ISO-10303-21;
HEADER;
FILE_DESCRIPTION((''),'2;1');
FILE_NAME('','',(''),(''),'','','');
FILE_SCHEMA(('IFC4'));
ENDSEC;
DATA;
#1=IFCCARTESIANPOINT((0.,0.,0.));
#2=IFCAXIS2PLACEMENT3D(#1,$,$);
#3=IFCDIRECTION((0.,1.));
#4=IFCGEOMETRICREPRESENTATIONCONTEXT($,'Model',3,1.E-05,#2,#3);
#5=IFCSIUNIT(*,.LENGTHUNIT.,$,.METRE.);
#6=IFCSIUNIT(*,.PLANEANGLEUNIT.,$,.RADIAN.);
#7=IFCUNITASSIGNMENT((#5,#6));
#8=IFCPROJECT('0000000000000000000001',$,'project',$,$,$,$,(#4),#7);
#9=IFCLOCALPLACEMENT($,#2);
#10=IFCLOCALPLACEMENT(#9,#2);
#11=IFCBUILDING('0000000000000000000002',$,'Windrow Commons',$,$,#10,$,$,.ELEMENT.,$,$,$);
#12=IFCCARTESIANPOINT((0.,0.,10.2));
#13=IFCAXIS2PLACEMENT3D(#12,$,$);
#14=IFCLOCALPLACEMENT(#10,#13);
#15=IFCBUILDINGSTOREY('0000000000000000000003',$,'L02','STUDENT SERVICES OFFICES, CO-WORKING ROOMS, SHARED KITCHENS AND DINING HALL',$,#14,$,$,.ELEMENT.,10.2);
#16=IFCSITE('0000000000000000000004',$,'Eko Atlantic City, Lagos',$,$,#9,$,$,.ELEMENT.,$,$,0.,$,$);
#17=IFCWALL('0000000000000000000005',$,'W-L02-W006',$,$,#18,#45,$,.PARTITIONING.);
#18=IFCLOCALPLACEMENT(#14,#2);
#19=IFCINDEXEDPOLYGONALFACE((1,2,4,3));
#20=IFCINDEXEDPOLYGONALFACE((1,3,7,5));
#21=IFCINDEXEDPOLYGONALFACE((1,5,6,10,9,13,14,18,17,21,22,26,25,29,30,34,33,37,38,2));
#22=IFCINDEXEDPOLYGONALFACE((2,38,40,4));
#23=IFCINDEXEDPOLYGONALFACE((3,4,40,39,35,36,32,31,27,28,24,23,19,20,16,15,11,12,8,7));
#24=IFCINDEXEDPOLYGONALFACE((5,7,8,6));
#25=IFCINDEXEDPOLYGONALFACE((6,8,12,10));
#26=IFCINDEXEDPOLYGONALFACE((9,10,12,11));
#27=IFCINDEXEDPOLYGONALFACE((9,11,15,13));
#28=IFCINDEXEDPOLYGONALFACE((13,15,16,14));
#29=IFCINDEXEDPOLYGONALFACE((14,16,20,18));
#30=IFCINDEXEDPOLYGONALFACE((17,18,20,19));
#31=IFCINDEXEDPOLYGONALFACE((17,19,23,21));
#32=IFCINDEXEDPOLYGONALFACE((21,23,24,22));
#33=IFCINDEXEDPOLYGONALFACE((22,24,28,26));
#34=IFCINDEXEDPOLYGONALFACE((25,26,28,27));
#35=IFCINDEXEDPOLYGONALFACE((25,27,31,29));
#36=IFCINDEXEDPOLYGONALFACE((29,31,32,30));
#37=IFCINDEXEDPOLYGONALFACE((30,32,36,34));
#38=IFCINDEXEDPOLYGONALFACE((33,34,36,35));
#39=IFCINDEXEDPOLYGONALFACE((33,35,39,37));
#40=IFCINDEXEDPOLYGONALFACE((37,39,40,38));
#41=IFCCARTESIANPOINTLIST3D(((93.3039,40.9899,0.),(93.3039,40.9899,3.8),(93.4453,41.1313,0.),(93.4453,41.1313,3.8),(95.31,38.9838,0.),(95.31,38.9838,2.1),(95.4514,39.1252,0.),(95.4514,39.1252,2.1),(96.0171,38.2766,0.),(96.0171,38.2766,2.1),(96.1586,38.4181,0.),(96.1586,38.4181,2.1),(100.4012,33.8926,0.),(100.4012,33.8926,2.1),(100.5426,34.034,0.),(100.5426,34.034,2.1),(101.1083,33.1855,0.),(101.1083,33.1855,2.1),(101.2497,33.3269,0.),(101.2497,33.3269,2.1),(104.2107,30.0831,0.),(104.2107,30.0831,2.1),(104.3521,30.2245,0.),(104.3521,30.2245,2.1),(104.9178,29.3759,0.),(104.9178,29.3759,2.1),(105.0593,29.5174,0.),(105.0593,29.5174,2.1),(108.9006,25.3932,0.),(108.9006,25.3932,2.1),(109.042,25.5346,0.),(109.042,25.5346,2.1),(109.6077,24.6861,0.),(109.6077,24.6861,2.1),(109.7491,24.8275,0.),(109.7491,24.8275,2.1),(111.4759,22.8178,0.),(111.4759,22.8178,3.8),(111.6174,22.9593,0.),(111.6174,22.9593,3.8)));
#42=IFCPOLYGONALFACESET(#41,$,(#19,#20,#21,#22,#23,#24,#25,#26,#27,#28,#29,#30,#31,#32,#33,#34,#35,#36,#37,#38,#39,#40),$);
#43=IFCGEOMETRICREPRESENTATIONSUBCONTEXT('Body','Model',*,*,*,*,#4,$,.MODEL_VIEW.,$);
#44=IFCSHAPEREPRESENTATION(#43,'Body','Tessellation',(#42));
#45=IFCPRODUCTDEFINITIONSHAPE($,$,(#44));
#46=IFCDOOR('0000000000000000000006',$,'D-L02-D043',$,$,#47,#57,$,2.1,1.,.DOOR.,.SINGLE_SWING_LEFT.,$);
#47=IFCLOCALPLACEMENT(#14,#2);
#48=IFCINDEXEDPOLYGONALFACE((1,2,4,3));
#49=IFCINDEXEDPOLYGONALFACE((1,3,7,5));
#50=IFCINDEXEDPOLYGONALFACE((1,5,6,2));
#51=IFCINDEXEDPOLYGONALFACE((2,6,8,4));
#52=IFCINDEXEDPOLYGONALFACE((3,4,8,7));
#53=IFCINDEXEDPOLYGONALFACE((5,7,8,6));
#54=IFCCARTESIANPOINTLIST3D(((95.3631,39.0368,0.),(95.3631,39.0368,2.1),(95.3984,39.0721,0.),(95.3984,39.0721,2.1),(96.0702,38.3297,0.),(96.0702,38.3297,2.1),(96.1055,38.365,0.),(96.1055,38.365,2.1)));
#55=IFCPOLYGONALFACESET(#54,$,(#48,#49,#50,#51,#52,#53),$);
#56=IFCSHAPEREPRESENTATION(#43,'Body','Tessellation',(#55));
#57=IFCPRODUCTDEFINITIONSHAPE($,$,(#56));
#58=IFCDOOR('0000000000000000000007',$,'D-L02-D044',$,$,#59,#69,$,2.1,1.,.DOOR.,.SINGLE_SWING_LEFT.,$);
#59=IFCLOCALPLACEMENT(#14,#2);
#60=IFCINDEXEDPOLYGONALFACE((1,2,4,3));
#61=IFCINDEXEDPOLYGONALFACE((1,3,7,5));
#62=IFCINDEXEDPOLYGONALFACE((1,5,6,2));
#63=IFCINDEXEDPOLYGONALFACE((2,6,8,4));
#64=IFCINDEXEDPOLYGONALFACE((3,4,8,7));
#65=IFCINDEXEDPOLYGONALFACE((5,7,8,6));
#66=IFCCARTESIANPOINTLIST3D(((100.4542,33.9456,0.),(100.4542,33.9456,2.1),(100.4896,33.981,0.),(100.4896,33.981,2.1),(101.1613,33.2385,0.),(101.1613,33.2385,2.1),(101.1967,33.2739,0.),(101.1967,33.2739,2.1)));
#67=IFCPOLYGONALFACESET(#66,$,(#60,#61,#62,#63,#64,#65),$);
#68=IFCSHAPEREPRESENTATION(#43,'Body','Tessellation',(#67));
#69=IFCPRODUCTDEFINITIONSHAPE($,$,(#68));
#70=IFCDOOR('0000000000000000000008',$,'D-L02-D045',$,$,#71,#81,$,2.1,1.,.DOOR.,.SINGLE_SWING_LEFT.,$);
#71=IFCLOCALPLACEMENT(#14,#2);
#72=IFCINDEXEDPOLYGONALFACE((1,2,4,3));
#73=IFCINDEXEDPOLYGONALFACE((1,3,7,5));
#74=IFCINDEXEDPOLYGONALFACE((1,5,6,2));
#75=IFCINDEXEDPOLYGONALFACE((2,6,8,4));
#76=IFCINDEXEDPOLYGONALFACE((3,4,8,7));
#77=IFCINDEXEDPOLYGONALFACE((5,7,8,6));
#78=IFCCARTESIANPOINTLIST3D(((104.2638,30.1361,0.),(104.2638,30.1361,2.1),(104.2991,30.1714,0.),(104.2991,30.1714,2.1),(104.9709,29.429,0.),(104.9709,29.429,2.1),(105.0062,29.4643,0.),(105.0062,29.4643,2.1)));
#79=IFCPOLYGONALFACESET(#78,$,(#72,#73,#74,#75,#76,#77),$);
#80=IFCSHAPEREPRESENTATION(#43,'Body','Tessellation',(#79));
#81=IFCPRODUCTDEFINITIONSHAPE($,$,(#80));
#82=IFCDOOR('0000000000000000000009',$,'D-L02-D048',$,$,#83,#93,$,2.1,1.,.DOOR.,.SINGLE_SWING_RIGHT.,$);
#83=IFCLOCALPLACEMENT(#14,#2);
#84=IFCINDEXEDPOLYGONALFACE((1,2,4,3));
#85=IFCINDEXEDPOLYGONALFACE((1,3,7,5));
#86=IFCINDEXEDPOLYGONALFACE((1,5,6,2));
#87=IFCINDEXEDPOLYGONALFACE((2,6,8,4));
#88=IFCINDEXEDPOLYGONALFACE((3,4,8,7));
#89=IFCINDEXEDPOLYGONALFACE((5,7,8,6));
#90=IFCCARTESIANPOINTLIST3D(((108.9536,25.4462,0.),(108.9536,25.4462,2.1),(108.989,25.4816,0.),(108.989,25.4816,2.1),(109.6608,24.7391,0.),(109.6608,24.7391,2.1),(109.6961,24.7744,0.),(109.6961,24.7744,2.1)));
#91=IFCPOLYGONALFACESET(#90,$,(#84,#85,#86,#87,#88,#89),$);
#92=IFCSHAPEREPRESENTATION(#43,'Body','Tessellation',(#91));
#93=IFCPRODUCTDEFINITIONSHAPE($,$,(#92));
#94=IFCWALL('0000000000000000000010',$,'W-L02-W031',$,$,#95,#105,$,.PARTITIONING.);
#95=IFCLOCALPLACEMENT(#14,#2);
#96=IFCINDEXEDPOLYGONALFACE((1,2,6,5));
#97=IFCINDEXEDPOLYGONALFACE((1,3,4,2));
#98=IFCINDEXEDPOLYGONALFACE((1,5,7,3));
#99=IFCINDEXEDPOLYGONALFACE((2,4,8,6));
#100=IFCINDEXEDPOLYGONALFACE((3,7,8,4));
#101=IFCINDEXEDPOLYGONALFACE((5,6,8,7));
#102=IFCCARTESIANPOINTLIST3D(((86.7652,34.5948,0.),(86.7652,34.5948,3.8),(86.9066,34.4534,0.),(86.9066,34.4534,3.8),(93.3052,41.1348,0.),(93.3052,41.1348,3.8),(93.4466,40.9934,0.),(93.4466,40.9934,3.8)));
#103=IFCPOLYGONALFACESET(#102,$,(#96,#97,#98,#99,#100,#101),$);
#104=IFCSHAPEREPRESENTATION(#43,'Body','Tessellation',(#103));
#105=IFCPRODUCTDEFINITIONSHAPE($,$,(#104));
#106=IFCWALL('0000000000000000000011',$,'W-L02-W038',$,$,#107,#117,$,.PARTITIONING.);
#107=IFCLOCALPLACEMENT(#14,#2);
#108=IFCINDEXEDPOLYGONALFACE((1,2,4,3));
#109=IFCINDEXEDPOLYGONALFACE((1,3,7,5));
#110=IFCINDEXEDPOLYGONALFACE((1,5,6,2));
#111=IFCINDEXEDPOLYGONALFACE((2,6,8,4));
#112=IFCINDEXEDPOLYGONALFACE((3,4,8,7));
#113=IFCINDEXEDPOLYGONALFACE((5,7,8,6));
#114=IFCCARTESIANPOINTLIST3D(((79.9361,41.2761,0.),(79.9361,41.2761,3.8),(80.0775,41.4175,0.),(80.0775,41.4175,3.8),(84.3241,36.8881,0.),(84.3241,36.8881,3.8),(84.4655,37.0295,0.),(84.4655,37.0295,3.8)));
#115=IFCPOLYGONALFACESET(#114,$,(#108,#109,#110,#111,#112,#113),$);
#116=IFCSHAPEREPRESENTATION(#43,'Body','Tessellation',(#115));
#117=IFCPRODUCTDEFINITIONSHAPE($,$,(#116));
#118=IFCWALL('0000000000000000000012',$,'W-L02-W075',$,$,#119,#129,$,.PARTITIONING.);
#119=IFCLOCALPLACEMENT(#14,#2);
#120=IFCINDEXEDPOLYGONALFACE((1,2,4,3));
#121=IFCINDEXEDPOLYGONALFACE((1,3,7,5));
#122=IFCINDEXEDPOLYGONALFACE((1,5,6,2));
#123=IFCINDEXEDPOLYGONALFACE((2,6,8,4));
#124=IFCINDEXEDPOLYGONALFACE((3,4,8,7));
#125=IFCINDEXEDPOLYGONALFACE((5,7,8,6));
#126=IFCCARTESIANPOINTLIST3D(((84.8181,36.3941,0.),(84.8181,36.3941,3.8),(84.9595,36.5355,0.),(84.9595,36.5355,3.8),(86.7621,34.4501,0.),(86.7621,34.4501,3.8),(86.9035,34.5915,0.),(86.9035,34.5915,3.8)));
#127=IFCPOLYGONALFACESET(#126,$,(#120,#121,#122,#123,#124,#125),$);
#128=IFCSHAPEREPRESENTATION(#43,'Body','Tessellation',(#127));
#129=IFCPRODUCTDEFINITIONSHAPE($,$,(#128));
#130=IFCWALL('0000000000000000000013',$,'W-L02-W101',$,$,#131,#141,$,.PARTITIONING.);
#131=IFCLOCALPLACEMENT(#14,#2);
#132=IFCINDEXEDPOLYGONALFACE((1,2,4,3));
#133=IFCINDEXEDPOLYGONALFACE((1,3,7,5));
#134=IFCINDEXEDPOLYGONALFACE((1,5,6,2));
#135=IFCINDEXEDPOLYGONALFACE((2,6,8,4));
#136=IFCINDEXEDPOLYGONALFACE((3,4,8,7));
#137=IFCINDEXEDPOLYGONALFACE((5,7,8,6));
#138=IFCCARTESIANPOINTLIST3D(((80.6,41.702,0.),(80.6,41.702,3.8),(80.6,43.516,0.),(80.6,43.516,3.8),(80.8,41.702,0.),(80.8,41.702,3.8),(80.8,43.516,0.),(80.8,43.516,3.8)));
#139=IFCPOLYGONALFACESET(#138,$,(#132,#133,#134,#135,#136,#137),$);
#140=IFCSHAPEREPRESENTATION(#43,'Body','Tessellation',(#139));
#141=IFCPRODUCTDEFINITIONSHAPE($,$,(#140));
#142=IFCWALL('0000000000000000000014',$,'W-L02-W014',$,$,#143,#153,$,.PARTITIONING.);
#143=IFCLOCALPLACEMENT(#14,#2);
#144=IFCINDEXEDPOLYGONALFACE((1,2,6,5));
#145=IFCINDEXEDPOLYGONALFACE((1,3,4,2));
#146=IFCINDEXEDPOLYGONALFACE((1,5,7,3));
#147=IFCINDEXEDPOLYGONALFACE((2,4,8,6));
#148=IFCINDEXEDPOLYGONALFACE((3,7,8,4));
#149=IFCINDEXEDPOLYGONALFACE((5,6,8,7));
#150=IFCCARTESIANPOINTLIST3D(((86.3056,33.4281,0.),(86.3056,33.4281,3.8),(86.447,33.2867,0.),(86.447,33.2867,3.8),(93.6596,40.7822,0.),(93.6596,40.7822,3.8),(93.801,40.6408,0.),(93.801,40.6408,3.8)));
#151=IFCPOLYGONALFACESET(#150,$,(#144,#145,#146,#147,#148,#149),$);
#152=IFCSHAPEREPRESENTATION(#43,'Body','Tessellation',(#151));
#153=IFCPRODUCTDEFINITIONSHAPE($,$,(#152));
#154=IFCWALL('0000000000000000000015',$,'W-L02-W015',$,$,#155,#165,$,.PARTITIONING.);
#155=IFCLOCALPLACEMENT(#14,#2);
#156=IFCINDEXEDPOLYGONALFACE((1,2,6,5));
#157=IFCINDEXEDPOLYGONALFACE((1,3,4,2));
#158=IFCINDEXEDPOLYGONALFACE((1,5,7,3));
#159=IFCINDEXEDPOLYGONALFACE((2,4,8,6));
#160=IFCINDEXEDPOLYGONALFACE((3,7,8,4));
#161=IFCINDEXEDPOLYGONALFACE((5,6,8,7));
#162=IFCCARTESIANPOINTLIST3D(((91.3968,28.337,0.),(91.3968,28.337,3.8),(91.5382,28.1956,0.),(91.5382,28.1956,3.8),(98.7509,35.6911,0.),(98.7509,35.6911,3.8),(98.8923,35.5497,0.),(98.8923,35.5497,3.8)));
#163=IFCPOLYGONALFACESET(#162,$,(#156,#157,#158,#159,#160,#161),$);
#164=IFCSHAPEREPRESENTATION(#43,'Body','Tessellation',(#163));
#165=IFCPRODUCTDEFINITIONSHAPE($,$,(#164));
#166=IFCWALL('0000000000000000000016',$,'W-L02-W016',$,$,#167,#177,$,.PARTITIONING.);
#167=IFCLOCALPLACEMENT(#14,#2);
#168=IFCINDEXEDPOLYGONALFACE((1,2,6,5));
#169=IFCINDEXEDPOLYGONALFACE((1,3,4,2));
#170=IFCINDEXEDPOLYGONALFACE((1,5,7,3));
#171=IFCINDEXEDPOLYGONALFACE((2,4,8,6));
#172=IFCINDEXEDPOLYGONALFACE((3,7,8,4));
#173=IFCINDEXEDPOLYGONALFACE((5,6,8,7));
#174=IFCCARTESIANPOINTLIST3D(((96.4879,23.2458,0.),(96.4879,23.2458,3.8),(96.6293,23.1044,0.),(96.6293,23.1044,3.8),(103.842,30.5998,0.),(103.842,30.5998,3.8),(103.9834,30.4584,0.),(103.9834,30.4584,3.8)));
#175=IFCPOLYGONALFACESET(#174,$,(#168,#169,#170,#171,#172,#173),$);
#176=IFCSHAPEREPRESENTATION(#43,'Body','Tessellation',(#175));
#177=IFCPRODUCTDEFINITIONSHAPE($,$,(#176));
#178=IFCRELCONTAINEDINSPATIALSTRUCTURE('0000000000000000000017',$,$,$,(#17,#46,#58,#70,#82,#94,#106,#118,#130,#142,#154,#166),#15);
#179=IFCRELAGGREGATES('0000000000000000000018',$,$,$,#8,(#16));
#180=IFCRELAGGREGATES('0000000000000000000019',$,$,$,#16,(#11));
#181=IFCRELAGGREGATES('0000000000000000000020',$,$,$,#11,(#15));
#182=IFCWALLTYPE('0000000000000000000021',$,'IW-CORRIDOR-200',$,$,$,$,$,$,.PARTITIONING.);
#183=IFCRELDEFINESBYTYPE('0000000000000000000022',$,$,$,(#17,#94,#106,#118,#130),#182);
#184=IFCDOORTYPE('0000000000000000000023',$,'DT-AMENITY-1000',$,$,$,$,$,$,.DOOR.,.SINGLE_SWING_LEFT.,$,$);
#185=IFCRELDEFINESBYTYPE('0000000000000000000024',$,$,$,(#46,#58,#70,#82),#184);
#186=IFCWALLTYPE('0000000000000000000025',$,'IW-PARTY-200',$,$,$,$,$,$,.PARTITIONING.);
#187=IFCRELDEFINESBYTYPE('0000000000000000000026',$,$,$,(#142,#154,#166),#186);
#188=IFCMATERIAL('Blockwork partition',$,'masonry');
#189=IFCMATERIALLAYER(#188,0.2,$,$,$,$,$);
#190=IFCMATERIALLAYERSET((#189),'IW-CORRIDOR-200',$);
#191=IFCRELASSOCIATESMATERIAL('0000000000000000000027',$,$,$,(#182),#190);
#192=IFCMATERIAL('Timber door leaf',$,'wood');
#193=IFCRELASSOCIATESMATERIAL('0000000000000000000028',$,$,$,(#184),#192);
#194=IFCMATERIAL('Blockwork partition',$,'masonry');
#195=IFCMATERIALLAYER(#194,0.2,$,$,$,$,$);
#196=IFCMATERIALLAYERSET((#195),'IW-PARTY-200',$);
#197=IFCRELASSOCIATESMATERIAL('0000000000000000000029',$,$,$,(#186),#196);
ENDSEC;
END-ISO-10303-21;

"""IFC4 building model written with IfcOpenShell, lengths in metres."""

from ifc_helpers import new_model, si_unit, direction, frame, frame_2d, origin, place, context, subcontext, project, spatial, rectangle, extrude, material, layer, layer_set, type_object, element, fill, save


model = new_model("IFC4")

# Units and contexts
model_context = context("Model", 3, precision=1e-05, world=origin(), true_north=direction((0.0, 1.0)))
body_context = subcontext(model_context, "Body", "Model", "MODEL_VIEW")
ifc_project = project(units=[si_unit("LENGTHUNIT", "METRE"), si_unit("PLANEANGLEUNIT", "RADIAN")], contexts=[model_context])

# Site, building, storey
site_placement = place(None, origin())
site = spatial("IfcSite", under=ifc_project, at=site_placement, Name="Eko Atlantic City, Lagos", CompositionType="ELEMENT", RefElevation=0.0)
building_placement = place(site_placement, origin())
building = spatial("IfcBuilding", under=site, at=building_placement, Name="Windrow Commons", CompositionType="ELEMENT")
storey_placement = place(building_placement, frame((0.0, 0.0, 10.2)))
storey = spatial("IfcBuildingStorey", under=building, at=storey_placement, Name="L02", Description="STUDENT SERVICES OFFICES, CO-WORKING ROOMS, SHARED KITCHENS AND DINING HALL", CompositionType="ELEMENT", Elevation=10.2)

# Wall, openings, doors
ifc_material_1 = material(Name="Blockwork partition", Category="masonry")
ifc_layer_1 = layer(ifc_material_1, 0.2)
ifc_layer_set_1 = layer_set([ifc_layer_1], Name="IW-CORRIDOR-200")
wall_type_1 = type_object("IfcWallType", Name="IW-CORRIDOR-200", PredefinedType="PARTITIONING", material=ifc_layer_set_1)
wall_1_placement = place(storey_placement, frame((93.3746, 41.0606, 0.0), z_axis=(0.0, 0.0, 1.0), x_axis=(0.707107, -0.707107, 0.0)))
wall_1 = element("IfcWall", 1, at=wall_1_placement, inside=storey, type_object=wall_type_1, Name="W-L02-W006", PredefinedType="PARTITIONING", context=body_context, shape_type="SweptSolid", body=[
    extrude(rectangle(XDim=25.6991, YDim=0.2, at=frame_2d((12.8496, 0.0))), origin(), (0.0, 0.0, 1.0), 3.8),
])
opening_1_placement = place(wall_1_placement, frame((2.8371, 0.0, 0.0)))
opening_1 = element("IfcOpeningElement", 2, at=opening_1_placement, cuts=wall_1, PredefinedType="OPENING", context=body_context, shape_type="SweptSolid", body=[
    extrude(rectangle(XDim=1.0, YDim=2.1, at=frame_2d((0.5, 1.05))), frame((0.0, 0.11, 0.0), z_axis=(0.0, -1.0, 0.0), x_axis=(1.0, 0.0, 0.0)), (0.0, 0.0, 1.0), 0.22),
])
opening_2_placement = place(wall_1_placement, frame((10.0371, 0.0, 0.0)))
opening_2 = element("IfcOpeningElement", 3, at=opening_2_placement, cuts=wall_1, PredefinedType="OPENING", context=body_context, shape_type="SweptSolid", body=[
    extrude(rectangle(XDim=1.0, YDim=2.1, at=frame_2d((0.5, 1.05))), frame((0.0, 0.11, 0.0), z_axis=(0.0, -1.0, 0.0), x_axis=(1.0, 0.0, 0.0)), (0.0, 0.0, 1.0), 0.22),
])
opening_3_placement = place(wall_1_placement, frame((15.4246, 0.0, 0.0)))
opening_3 = element("IfcOpeningElement", 4, at=opening_3_placement, cuts=wall_1, PredefinedType="OPENING", context=body_context, shape_type="SweptSolid", body=[
    extrude(rectangle(XDim=1.0, YDim=2.1, at=frame_2d((0.5, 1.05))), frame((0.0, 0.11, 0.0), z_axis=(0.0, -1.0, 0.0), x_axis=(1.0, 0.0, 0.0)), (0.0, 0.0, 1.0), 0.22),
])
opening_4_placement = place(wall_1_placement, frame((22.0571, 0.0, 0.0)))
opening_4 = element("IfcOpeningElement", 5, at=opening_4_placement, cuts=wall_1, PredefinedType="OPENING", context=body_context, shape_type="SweptSolid", body=[
    extrude(rectangle(XDim=1.0, YDim=2.1, at=frame_2d((0.5, 1.05))), frame((0.0, 0.11, 0.0), z_axis=(0.0, -1.0, 0.0), x_axis=(1.0, 0.0, 0.0)), (0.0, 0.0, 1.0), 0.22),
])
ifc_material_2 = material(Name="Timber door leaf", Category="wood")
door_type_1 = type_object("IfcDoorType", Name="DT-AMENITY-1000", OperationType="SINGLE_SWING_LEFT", PredefinedType="DOOR", material=ifc_material_2)
door_1_placement = place(opening_1_placement, origin())
door_1 = element("IfcDoor", 6, at=door_1_placement, inside=storey, type_object=door_type_1, Name="D-L02-D043", OperationType="SINGLE_SWING_LEFT", OverallHeight=2.1, OverallWidth=1.0, PredefinedType="DOOR", context=body_context, shape_type="SweptSolid", body=[
    extrude(rectangle(XDim=1.0, YDim=2.1, at=frame_2d((0.5, 1.05))), frame((0.0, 0.025, 0.0), z_axis=(0.0, -1.0, 0.0), x_axis=(1.0, 0.0, 0.0)), (0.0, 0.0, 1.0), 0.05),
])
fill(opening_1, door_1)
door_2_placement = place(opening_2_placement, origin())
door_2 = element("IfcDoor", 7, at=door_2_placement, inside=storey, type_object=door_type_1, Name="D-L02-D044", OperationType="SINGLE_SWING_LEFT", OverallHeight=2.1, OverallWidth=1.0, PredefinedType="DOOR", context=body_context, shape_type="SweptSolid", body=[
    extrude(rectangle(XDim=1.0, YDim=2.1, at=frame_2d((0.5, 1.05))), frame((0.0, 0.025, 0.0), z_axis=(0.0, -1.0, 0.0), x_axis=(1.0, 0.0, 0.0)), (0.0, 0.0, 1.0), 0.05),
])
fill(opening_2, door_2)
door_3_placement = place(opening_3_placement, origin())
door_3 = element("IfcDoor", 8, at=door_3_placement, inside=storey, type_object=door_type_1, Name="D-L02-D045", OperationType="SINGLE_SWING_LEFT", OverallHeight=2.1, OverallWidth=1.0, PredefinedType="DOOR", context=body_context, shape_type="SweptSolid", body=[
    extrude(rectangle(XDim=1.0, YDim=2.1, at=frame_2d((0.5, 1.05))), frame((0.0, 0.025, 0.0), z_axis=(0.0, -1.0, 0.0), x_axis=(1.0, 0.0, 0.0)), (0.0, 0.0, 1.0), 0.05),
])
fill(opening_3, door_3)
door_4_placement = place(opening_4_placement, origin())
door_4 = element("IfcDoor", 9, at=door_4_placement, inside=storey, type_object=door_type_1, Name="D-L02-D048", OperationType="SINGLE_SWING_RIGHT", OverallHeight=2.1, OverallWidth=1.0, PredefinedType="DOOR", context=body_context, shape_type="SweptSolid", body=[
    extrude(rectangle(XDim=1.0, YDim=2.1, at=frame_2d((0.5, 1.05))), frame((0.0, 0.025, 0.0), z_axis=(0.0, -1.0, 0.0), x_axis=(1.0, 0.0, 0.0)), (0.0, 0.0, 1.0), 0.05),
])
fill(opening_4, door_4)

# Walls
wall_2_placement = place(storey_placement, frame((86.8359, 34.5241, 0.0), z_axis=(0.0, 0.0, 1.0), x_axis=(0.707107, 0.707107, 0.0)))
element("IfcWall", 10, at=wall_2_placement, inside=storey, type_object=wall_type_1, Name="W-L02-W031", PredefinedType="PARTITIONING", context=body_context, shape_type="SweptSolid", body=[
    extrude(rectangle(XDim=9.249, YDim=0.2, at=frame_2d((4.6245, 0.0))), origin(), (0.0, 0.0, 1.0), 3.8),
])
wall_3_placement = place(storey_placement, frame((80.0068, 41.3468, 0.0), z_axis=(0.0, 0.0, 1.0), x_axis=(0.707107, -0.707107, 0.0)))
element("IfcWall", 11, at=wall_3_placement, inside=storey, type_object=wall_type_1, Name="W-L02-W038", PredefinedType="PARTITIONING", context=body_context, shape_type="SweptSolid", body=[
    extrude(rectangle(XDim=6.2056, YDim=0.2, at=frame_2d((3.1028, 0.0))), origin(), (0.0, 0.0, 1.0), 3.8),
])
wall_4_placement = place(storey_placement, frame((84.8888, 36.4648, 0.0), z_axis=(0.0, 0.0, 1.0), x_axis=(0.707107, -0.707107, 0.0)))
element("IfcWall", 12, at=wall_4_placement, inside=storey, type_object=wall_type_1, Name="W-L02-W075", PredefinedType="PARTITIONING", context=body_context, shape_type="SweptSolid", body=[
    extrude(rectangle(XDim=2.7492, YDim=0.2, at=frame_2d((1.3746, 0.0))), origin(), (0.0, 0.0, 1.0), 3.8),
])
wall_5_placement = place(storey_placement, frame((80.7, 41.702, 0.0), z_axis=(0.0, 0.0, 1.0), x_axis=(0.0, 1.0, 0.0)))
element("IfcWall", 13, at=wall_5_placement, inside=storey, type_object=wall_type_1, Name="W-L02-W101", PredefinedType="PARTITIONING", context=body_context, shape_type="SweptSolid", body=[
    extrude(rectangle(XDim=1.814, YDim=0.2, at=frame_2d((0.907, 0.0))), origin(), (0.0, 0.0, 1.0), 3.8),
])
ifc_material_3 = material(Name="Blockwork partition", Category="masonry")
ifc_layer_2 = layer(ifc_material_3, 0.2)
ifc_layer_set_2 = layer_set([ifc_layer_2], Name="IW-PARTY-200")
wall_type_2 = type_object("IfcWallType", Name="IW-PARTY-200", PredefinedType="PARTITIONING", material=ifc_layer_set_2)
for number, where, z_axis, x_axis, name in (
    (14, (86.3763, 33.3574, 0.0), (0.0, 0.0, 1.0), (0.707102, 0.707112, 0.0), "W-L02-W014"),
    (15, (91.4675, 28.2663, 0.0), (0.0, 0.0, 1.0), (0.707107, 0.707107, 0.0), "W-L02-W015"),
    (16, (96.5586, 23.1751, 0.0), (0.0, 0.0, 1.0), (0.707112, 0.707102, 0.0), "W-L02-W016"),
):
    element("IfcWall", number, at=place(storey_placement, frame(where, z_axis=z_axis, x_axis=x_axis)), inside=storey, type_object=wall_type_2, Name=name, PredefinedType="PARTITIONING", context=body_context, shape_type="SweptSolid", body=[
        extrude(rectangle(XDim=10.4003, YDim=0.2, at=frame_2d((5.2001, 0.0))), origin(), (0.0, 0.0, 1.0), 3.8),
    ])

save(model, "model.ifc")
